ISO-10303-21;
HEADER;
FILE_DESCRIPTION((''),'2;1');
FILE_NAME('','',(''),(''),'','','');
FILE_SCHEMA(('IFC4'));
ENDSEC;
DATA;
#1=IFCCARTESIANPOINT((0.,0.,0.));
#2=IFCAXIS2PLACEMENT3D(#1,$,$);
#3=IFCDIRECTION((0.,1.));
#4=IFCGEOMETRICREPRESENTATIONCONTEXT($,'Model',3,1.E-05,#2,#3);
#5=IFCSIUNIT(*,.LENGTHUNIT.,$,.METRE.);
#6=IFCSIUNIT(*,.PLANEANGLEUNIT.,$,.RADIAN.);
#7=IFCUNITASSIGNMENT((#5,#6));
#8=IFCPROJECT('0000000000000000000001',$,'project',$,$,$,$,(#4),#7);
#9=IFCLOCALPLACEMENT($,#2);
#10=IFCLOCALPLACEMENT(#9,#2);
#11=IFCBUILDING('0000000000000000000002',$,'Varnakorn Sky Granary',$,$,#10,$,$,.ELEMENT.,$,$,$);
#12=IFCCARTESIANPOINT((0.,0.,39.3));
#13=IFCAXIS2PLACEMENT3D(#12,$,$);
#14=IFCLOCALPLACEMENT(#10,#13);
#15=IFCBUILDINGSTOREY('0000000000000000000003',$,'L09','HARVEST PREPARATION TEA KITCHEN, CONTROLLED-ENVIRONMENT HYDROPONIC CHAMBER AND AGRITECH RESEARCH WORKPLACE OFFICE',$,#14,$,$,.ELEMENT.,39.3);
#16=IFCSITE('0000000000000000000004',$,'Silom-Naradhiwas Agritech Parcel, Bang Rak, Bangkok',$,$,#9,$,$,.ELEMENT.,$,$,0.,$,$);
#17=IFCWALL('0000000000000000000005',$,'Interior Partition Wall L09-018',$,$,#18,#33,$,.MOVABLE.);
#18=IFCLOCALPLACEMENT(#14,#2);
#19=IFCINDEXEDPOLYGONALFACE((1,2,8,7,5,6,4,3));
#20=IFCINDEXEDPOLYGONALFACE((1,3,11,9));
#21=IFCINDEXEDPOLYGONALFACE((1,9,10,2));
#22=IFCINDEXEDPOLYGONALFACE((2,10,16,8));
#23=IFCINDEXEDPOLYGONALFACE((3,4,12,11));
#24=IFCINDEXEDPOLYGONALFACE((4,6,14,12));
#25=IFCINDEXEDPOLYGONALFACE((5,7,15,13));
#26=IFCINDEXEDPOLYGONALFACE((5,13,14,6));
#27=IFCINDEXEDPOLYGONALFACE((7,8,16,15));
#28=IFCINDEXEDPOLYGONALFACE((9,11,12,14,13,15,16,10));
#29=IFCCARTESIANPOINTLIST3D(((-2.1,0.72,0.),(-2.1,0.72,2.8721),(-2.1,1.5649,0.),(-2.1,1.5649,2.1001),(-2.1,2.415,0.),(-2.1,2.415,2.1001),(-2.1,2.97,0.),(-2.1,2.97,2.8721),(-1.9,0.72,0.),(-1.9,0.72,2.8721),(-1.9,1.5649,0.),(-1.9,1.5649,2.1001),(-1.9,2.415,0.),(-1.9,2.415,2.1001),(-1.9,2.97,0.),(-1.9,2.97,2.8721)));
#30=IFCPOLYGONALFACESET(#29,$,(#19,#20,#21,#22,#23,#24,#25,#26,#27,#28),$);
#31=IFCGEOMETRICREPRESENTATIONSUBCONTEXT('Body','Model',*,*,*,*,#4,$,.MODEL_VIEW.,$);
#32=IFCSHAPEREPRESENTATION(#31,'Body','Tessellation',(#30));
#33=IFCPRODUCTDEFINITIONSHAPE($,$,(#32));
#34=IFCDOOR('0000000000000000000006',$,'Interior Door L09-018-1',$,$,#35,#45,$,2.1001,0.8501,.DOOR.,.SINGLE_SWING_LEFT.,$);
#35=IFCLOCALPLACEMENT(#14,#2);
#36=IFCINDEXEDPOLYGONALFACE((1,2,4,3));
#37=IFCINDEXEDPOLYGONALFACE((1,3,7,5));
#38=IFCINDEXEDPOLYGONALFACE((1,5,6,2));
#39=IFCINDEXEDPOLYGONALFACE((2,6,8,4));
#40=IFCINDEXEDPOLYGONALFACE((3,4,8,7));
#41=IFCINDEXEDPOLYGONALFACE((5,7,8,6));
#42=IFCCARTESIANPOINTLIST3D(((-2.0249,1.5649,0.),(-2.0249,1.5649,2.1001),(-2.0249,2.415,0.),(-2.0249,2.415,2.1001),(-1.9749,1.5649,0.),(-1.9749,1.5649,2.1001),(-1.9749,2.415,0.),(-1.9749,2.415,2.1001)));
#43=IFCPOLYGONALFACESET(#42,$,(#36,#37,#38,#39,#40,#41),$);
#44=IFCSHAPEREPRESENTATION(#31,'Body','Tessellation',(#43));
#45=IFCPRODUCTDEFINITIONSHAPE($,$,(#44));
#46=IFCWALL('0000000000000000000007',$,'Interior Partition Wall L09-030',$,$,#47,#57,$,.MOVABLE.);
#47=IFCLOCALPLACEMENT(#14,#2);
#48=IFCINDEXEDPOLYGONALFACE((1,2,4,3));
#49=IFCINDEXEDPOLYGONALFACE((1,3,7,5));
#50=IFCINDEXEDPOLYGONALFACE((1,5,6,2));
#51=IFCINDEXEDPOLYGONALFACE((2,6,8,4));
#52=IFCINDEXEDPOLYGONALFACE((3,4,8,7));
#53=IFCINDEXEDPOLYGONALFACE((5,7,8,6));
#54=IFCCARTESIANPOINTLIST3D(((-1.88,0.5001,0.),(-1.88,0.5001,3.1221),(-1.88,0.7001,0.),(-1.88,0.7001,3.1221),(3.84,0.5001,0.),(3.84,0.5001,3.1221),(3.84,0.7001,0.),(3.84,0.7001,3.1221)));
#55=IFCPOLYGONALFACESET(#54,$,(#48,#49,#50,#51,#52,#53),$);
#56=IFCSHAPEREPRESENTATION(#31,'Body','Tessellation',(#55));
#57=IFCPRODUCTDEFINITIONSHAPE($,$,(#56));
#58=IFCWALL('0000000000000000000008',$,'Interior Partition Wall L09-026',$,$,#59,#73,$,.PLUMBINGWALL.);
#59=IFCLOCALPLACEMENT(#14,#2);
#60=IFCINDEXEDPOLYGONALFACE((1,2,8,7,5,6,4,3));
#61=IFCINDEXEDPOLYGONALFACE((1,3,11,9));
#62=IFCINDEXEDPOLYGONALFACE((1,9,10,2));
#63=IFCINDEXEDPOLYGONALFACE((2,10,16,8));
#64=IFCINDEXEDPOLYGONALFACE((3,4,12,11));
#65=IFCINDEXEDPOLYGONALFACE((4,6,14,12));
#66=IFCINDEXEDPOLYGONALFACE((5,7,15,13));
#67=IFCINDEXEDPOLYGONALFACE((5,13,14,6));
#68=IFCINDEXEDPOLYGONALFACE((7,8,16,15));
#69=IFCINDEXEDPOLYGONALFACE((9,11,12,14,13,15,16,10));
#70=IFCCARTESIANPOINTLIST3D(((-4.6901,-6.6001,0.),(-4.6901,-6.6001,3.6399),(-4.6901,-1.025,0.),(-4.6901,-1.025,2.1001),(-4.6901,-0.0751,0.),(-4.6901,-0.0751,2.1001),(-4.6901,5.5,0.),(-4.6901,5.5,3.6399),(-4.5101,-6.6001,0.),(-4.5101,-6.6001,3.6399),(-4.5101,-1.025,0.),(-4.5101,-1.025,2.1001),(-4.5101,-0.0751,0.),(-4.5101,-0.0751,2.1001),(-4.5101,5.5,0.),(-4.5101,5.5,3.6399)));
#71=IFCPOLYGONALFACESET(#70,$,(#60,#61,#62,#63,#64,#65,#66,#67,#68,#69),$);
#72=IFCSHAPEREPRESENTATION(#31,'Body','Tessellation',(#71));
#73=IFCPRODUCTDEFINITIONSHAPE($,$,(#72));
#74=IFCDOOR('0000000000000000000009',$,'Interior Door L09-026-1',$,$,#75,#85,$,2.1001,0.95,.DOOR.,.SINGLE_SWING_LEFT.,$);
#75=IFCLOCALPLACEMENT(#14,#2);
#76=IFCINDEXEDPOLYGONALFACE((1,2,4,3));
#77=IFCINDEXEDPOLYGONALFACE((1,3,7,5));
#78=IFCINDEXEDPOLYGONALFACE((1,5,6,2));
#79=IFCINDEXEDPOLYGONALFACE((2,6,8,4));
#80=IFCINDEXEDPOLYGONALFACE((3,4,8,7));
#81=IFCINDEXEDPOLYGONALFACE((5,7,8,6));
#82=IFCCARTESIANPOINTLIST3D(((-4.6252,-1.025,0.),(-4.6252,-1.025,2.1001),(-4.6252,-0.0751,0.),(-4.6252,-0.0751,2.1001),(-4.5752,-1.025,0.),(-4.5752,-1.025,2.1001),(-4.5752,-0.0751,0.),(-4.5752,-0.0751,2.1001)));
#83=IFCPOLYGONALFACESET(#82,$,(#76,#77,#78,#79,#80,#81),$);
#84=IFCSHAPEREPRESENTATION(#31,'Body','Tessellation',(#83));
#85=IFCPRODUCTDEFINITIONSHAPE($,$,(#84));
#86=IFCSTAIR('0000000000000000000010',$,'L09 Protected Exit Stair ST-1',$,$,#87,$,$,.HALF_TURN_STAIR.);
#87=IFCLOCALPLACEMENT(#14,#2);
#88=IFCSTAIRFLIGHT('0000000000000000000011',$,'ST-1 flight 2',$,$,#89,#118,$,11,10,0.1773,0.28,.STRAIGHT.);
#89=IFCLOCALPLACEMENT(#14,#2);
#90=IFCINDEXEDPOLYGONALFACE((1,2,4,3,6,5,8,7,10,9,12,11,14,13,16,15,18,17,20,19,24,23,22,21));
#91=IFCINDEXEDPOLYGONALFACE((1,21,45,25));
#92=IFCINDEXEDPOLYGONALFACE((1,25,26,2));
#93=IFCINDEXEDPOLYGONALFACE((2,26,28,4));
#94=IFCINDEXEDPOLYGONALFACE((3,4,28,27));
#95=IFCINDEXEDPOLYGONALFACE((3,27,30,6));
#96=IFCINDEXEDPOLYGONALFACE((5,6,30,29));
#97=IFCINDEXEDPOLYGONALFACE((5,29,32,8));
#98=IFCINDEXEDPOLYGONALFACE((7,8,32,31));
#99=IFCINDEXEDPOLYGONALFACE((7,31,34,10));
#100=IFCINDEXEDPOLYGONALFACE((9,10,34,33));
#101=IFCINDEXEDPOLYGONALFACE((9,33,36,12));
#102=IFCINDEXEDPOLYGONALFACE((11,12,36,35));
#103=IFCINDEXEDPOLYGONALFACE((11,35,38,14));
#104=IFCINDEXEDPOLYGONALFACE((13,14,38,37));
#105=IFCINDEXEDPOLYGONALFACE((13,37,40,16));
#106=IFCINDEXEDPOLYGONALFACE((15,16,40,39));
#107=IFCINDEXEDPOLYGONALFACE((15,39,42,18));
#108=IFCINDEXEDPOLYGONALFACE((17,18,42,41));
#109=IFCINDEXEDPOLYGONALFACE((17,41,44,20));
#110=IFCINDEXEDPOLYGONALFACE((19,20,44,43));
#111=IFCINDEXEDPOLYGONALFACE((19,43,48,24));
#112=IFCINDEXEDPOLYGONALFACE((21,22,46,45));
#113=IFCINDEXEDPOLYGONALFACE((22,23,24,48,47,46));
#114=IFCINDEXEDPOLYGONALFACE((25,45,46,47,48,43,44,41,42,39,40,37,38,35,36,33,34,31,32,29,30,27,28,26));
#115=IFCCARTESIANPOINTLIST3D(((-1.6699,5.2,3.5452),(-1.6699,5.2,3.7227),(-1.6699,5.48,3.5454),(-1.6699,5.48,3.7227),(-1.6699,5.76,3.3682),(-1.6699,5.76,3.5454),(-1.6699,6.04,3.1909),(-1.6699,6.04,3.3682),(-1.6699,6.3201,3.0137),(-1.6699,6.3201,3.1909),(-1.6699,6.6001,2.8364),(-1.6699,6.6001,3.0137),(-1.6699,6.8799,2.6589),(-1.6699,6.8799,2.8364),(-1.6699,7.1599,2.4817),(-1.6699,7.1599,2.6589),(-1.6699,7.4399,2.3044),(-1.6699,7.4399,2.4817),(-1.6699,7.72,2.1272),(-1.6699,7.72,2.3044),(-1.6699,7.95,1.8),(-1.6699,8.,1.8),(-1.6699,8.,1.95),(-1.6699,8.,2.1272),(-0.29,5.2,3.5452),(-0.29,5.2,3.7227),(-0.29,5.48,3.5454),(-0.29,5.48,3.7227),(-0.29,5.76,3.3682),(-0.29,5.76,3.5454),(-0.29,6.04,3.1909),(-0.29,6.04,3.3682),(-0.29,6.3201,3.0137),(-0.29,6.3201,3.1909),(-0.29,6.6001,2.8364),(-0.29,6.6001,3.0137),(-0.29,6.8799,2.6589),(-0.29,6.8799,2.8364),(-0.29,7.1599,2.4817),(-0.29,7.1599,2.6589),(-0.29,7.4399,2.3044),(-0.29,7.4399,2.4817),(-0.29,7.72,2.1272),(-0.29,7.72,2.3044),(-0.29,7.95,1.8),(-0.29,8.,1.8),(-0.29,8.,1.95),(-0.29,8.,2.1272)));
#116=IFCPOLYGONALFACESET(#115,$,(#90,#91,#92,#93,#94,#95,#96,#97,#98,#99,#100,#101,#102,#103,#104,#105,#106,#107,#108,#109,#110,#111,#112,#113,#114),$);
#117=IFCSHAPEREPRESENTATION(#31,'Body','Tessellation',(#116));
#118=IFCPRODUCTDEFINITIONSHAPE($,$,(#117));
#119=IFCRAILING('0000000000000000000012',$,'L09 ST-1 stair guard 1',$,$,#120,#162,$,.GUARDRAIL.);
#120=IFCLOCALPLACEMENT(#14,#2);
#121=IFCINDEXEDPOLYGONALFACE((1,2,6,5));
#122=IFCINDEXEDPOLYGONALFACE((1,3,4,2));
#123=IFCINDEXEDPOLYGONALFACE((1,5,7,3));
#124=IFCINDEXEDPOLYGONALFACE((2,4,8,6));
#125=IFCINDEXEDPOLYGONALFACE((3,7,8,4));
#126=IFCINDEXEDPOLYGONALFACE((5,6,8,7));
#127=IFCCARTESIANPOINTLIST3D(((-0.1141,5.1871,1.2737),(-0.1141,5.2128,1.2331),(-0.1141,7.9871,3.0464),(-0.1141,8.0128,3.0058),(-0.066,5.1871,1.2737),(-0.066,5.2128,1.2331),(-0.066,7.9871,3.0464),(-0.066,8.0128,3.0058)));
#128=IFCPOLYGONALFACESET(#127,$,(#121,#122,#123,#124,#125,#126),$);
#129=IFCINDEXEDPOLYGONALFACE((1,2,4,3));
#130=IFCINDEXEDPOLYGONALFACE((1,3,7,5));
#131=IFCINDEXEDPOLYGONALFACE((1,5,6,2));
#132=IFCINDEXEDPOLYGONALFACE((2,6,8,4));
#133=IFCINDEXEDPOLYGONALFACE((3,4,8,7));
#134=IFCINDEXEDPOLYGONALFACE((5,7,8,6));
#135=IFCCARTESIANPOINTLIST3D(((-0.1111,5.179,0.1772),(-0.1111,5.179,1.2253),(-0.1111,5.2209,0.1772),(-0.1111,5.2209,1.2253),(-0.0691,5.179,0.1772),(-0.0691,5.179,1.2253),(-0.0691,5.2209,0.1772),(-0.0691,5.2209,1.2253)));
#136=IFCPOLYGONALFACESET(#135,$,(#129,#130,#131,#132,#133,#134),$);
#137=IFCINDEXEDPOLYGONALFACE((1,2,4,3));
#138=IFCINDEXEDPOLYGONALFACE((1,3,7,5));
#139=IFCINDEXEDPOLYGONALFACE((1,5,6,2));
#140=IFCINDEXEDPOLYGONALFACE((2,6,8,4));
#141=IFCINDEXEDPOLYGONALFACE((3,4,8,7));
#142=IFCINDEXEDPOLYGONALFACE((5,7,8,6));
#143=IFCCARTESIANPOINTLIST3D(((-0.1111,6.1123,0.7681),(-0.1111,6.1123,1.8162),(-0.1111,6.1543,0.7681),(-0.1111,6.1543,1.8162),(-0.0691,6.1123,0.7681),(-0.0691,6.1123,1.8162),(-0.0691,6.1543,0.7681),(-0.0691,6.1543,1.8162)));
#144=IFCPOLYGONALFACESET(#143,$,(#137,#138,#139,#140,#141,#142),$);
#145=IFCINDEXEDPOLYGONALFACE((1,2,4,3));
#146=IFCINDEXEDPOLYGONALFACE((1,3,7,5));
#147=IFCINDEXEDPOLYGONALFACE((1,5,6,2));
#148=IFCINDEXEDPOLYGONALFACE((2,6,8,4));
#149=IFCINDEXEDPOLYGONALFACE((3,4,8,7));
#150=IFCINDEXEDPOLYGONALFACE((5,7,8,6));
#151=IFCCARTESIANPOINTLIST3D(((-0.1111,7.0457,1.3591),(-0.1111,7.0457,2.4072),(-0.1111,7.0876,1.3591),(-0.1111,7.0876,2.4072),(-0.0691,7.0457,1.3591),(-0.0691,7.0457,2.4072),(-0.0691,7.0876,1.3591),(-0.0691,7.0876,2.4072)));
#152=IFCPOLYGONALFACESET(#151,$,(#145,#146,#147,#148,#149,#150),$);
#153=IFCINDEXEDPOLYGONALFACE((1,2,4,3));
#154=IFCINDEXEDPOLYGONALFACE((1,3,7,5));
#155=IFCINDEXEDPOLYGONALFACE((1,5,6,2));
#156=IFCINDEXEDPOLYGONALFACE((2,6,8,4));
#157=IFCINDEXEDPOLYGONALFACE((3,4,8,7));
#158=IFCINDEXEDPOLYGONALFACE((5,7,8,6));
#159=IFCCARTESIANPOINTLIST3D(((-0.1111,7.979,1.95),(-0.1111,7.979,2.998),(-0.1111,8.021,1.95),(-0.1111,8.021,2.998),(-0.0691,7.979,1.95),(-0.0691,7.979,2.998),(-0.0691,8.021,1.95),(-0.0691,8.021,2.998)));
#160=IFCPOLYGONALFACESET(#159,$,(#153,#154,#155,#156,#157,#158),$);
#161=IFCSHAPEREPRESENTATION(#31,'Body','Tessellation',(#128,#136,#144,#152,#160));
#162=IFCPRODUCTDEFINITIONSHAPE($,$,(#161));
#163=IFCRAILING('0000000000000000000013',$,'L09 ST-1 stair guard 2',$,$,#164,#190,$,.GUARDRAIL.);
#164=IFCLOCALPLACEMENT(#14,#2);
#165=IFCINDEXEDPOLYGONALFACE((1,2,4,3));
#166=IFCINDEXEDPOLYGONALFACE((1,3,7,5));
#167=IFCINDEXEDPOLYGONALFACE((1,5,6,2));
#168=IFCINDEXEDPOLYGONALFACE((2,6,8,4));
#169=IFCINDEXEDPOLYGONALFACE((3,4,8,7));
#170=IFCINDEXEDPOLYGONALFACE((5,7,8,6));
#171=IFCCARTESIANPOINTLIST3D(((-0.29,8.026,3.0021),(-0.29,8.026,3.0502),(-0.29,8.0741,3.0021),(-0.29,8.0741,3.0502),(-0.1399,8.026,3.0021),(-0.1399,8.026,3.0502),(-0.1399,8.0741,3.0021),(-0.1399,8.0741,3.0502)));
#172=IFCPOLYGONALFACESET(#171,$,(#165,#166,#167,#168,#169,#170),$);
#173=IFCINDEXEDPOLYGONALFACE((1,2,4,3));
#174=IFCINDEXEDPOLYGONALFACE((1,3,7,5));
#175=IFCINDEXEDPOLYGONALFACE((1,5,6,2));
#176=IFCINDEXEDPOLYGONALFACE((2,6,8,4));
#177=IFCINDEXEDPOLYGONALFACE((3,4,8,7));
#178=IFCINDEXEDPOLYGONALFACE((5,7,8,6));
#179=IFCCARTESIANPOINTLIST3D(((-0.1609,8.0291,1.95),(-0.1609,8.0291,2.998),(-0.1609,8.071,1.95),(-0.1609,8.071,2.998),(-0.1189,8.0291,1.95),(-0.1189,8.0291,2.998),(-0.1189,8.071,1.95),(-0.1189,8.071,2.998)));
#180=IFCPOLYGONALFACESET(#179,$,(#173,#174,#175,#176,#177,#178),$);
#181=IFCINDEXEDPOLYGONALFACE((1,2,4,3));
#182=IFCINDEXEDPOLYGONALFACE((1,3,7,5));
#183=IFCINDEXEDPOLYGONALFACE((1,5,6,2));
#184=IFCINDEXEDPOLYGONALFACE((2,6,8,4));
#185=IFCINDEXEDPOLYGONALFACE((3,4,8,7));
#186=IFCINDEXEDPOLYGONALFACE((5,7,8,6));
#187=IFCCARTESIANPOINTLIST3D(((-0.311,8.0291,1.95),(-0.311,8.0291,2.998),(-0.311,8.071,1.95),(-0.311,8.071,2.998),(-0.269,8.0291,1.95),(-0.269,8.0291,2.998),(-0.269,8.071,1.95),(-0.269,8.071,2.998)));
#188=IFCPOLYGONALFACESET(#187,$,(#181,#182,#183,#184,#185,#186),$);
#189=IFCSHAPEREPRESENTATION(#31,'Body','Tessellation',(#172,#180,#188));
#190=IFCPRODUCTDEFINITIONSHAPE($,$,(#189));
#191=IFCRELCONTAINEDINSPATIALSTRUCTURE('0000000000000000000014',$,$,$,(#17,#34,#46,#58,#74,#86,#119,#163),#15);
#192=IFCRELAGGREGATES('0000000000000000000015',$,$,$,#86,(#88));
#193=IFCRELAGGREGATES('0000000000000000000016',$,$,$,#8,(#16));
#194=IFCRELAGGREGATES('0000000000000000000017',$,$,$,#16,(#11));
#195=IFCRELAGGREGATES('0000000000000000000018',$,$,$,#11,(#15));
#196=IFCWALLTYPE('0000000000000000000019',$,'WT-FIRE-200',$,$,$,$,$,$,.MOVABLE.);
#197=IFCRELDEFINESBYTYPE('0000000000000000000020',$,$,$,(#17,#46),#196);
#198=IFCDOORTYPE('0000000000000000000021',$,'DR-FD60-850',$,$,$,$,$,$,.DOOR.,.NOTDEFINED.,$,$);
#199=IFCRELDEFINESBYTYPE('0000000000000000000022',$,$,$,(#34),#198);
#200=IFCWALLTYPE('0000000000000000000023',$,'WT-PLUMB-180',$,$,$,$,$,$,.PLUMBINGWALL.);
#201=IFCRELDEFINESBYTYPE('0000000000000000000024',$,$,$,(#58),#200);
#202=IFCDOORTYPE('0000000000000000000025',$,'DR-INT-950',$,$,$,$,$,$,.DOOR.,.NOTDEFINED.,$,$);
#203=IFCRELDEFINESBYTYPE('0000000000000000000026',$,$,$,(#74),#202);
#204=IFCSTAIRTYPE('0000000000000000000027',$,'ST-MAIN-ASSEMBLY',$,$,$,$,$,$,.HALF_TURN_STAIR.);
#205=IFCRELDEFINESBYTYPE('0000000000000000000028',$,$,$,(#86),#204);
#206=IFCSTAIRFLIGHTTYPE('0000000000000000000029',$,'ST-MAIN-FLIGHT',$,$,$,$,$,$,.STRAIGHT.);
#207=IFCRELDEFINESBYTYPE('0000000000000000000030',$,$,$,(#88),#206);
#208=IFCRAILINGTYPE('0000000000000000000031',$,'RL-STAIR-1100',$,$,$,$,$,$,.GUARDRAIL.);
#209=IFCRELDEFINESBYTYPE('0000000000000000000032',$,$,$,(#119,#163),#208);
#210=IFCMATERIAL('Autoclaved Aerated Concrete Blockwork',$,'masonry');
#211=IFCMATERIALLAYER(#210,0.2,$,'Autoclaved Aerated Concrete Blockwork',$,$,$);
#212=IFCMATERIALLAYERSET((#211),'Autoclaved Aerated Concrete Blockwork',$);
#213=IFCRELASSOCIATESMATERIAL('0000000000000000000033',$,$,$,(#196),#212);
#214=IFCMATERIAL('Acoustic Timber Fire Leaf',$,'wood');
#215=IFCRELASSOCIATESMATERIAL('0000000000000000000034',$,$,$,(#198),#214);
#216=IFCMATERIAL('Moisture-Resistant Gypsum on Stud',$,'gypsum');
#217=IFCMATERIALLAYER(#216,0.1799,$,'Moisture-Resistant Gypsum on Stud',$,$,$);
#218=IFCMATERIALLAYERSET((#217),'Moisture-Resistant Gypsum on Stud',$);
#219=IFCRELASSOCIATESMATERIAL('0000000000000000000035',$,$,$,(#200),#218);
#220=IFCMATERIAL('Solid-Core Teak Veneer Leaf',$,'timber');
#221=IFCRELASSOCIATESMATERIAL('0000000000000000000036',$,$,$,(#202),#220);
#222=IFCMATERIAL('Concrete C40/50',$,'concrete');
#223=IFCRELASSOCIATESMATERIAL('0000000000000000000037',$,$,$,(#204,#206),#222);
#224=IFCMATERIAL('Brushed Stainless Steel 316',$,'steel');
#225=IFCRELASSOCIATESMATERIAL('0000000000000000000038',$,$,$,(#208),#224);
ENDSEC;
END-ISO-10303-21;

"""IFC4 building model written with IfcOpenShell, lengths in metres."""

from ifc_helpers import new_model, si_unit, direction, frame, frame_2d, origin, origin_2d, place, context, subcontext, project, spatial, polyline, rectangle, outline, extrude, material, layer, layer_set, type_object, element, fill, aggregate, save


model = new_model("IFC4")

# Units and contexts
model_context = context("Model", 3, precision=1e-05, world=origin(), true_north=direction((0.0, 1.0)))
body_context = subcontext(model_context, "Body", "Model", "MODEL_VIEW")
ifc_project = project(units=[si_unit("LENGTHUNIT", "METRE"), si_unit("PLANEANGLEUNIT", "RADIAN")], contexts=[model_context])

# Site, building, storey
site_placement = place(None, origin())
site = spatial("IfcSite", under=ifc_project, at=site_placement, Name="Silom-Naradhiwas Agritech Parcel, Bang Rak, Bangkok", CompositionType="ELEMENT", RefElevation=0.0)
building_placement = place(site_placement, origin())
building = spatial("IfcBuilding", under=site, at=building_placement, Name="Varnakorn Sky Granary", CompositionType="ELEMENT")
storey_placement = place(building_placement, frame((0.0, 0.0, 39.3)))
storey = spatial("IfcBuildingStorey", under=building, at=storey_placement, Name="L09", Description="HARVEST PREPARATION TEA KITCHEN, CONTROLLED-ENVIRONMENT HYDROPONIC CHAMBER AND AGRITECH RESEARCH WORKPLACE OFFICE", CompositionType="ELEMENT", Elevation=39.3)

# Wall, opening, door
ifc_material_1 = material(Name="Autoclaved Aerated Concrete Blockwork", Category="masonry")
ifc_layer_1 = layer(ifc_material_1, 0.2, Name="Autoclaved Aerated Concrete Blockwork")
ifc_layer_set_1 = layer_set([ifc_layer_1], Name="Autoclaved Aerated Concrete Blockwork")
wall_type_1 = type_object("IfcWallType", Name="WT-FIRE-200", PredefinedType="MOVABLE", material=ifc_layer_set_1)
wall_1_placement = place(storey_placement, frame((-2.0, 0.72, 0.0), z_axis=(0.0, 0.0, 1.0), x_axis=(0.0, 1.0, 0.0)))
wall_1 = element("IfcWall", 1, at=wall_1_placement, inside=storey, type_object=wall_type_1, Name="Interior Partition Wall L09-018", PredefinedType="MOVABLE", context=body_context, shape_type="SweptSolid", body=[
    extrude(rectangle(XDim=2.25, YDim=0.2, at=frame_2d((1.125, 0.0))), origin(), (0.0, 0.0, 1.0), 2.8721),
])
opening_1_placement = place(wall_1_placement, frame((0.845, 0.0, 0.0)))
opening_1 = element("IfcOpeningElement", 2, at=opening_1_placement, cuts=wall_1, PredefinedType="OPENING", context=body_context, shape_type="SweptSolid", body=[
    extrude(rectangle(XDim=0.8501, YDim=2.1001, at=frame_2d((0.425, 1.05))), frame((0.0, 0.1099, 0.0), z_axis=(0.0, -1.0, 0.0), x_axis=(1.0, 0.0, 0.0)), (0.0, 0.0, 1.0), 0.22),
])
ifc_material_2 = material(Name="Acoustic Timber Fire Leaf", Category="wood")
door_type_1 = type_object("IfcDoorType", Name="DR-FD60-850", OperationType="NOTDEFINED", PredefinedType="DOOR", material=ifc_material_2)
door_1_placement = place(opening_1_placement, origin())
door_1 = element("IfcDoor", 3, at=door_1_placement, inside=storey, type_object=door_type_1, Name="Interior Door L09-018-1", OperationType="SINGLE_SWING_LEFT", OverallHeight=2.1001, OverallWidth=0.8501, PredefinedType="DOOR", context=body_context, shape_type="SweptSolid", body=[
    extrude(rectangle(XDim=0.8501, YDim=2.1001, at=frame_2d((0.425, 1.05))), frame((0.0, 0.0249, 0.0), z_axis=(0.0, -1.0, 0.0), x_axis=(1.0, 0.0, 0.0)), (0.0, 0.0, 1.0), 0.05),
])
fill(opening_1, door_1)

# Wall
wall_2_placement = place(storey_placement, frame((-1.8799, 0.6001, 0.0), z_axis=(0.0, 0.0, 1.0), x_axis=(1.0, 0.0, 0.0)))
element("IfcWall", 4, at=wall_2_placement, inside=storey, type_object=wall_type_1, Name="Interior Partition Wall L09-030", PredefinedType="MOVABLE", context=body_context, shape_type="SweptSolid", body=[
    extrude(rectangle(XDim=5.72, YDim=0.2, at=frame_2d((2.8599, 0.0))), origin(), (0.0, 0.0, 1.0), 3.1221),
])

# Wall, opening, door
ifc_material_3 = material(Name="Moisture-Resistant Gypsum on Stud", Category="gypsum")
ifc_layer_2 = layer(ifc_material_3, 0.1799, Name="Moisture-Resistant Gypsum on Stud")
ifc_layer_set_2 = layer_set([ifc_layer_2], Name="Moisture-Resistant Gypsum on Stud")
wall_type_2 = type_object("IfcWallType", Name="WT-PLUMB-180", PredefinedType="PLUMBINGWALL", material=ifc_layer_set_2)
wall_3_placement = place(storey_placement, frame((-4.6001, 5.5, 0.0), z_axis=(0.0, 0.0, 1.0), x_axis=(0.0, -1.0, 0.0)))
wall_3 = element("IfcWall", 5, at=wall_3_placement, inside=storey, type_object=wall_type_2, Name="Interior Partition Wall L09-026", PredefinedType="PLUMBINGWALL", context=body_context, shape_type="SweptSolid", body=[
    extrude(rectangle(XDim=12.1001, YDim=0.1799, at=frame_2d((6.05, 0.0))), origin(), (0.0, 0.0, 1.0), 3.6399),
])
opening_2_placement = place(wall_3_placement, frame((5.575, 0.0, 0.0)))
opening_2 = element("IfcOpeningElement", 6, at=opening_2_placement, cuts=wall_3, PredefinedType="OPENING", context=body_context, shape_type="SweptSolid", body=[
    extrude(rectangle(XDim=0.95, YDim=2.1001, at=frame_2d((0.4751, 1.05))), frame((0.0, 0.1001, 0.0), z_axis=(0.0, -1.0, 0.0), x_axis=(1.0, 0.0, 0.0)), (0.0, 0.0, 1.0), 0.2),
])
ifc_material_4 = material(Name="Solid-Core Teak Veneer Leaf", Category="timber")
door_type_2 = type_object("IfcDoorType", Name="DR-INT-950", OperationType="NOTDEFINED", PredefinedType="DOOR", material=ifc_material_4)
door_2_placement = place(opening_2_placement, origin())
door_2 = element("IfcDoor", 7, at=door_2_placement, inside=storey, type_object=door_type_2, Name="Interior Door L09-026-1", OperationType="SINGLE_SWING_LEFT", OverallHeight=2.1001, OverallWidth=0.95, PredefinedType="DOOR", context=body_context, shape_type="SweptSolid", body=[
    extrude(rectangle(XDim=0.95, YDim=2.1001, at=frame_2d((0.4751, 1.05))), frame((0.0, 0.0249, 0.0), z_axis=(0.0, -1.0, 0.0), x_axis=(1.0, 0.0, 0.0)), (0.0, 0.0, 1.0), 0.05),
])
fill(opening_2, door_2)

# Stair, stair flight
ifc_material_5 = material(Name="Concrete C40/50", Category="concrete")
stair_type = type_object("IfcStairType", Name="ST-MAIN-ASSEMBLY", PredefinedType="HALF_TURN_STAIR", material=ifc_material_5)
stair_placement = place(storey_placement, origin())
stair = element("IfcStair", 8, at=stair_placement, inside=storey, type_object=stair_type, Name="L09 Protected Exit Stair ST-1", PredefinedType="HALF_TURN_STAIR")
stair_flight_type = type_object("IfcStairFlightType", Name="ST-MAIN-FLIGHT", PredefinedType="STRAIGHT", material=ifc_material_5)
stair_flight_placement = place(storey_placement, frame((-0.98, 8.0, 1.95), z_axis=(0.0, 0.0, 1.0), x_axis=(0.0, -1.0, 0.0)))
stair_flight = element("IfcStairFlight", 9, at=stair_flight_placement, type_object=stair_flight_type, Name="ST-1 flight 2", NumberOfRisers=11, NumberOfTreads=10, PredefinedType="STRAIGHT", RiserHeight=0.1773, TreadLength=0.28, context=body_context, shape_type="SweptSolid", body=[
    extrude(outline(polyline([(0.0, -0.1499), (0.0, 0.0), (0.0, 0.1772), (0.28, 0.1772), (0.28, 0.3545), (0.5601, 0.3545), (0.5601, 0.5317), (0.8401, 0.5317), (0.8401, 0.709), (1.1201, 0.709), (1.1201, 0.8865), (1.3999, 0.8865), (1.3999, 1.0637), (1.6799, 1.0637), (1.6799, 1.241), (1.96, 1.241), (1.96, 1.4182), (2.24, 1.4182), (2.24, 1.5955), (2.52, 1.5955), (2.52, 1.7727), (2.8, 1.7727), (2.8, 1.95), (2.8, 1.5952), (0.05, -0.1499), (0.0, -0.1499)])), frame((0.0, 0.6899, 0.0), z_axis=(0.0, -1.0, 0.0), x_axis=(1.0, 0.0, 0.0)), (0.0, 0.0, 1.0), 1.3799),
])
aggregate(stair, [stair_flight])

# Railings
ifc_material_6 = material(Name="Brushed Stainless Steel 316", Category="steel")
railing_type_1 = type_object("IfcRailingType", Name="RL-STAIR-1100", PredefinedType="GUARDRAIL", material=ifc_material_6)
railing_1_placement = place(storey_placement, frame((-0.0901, 5.2, 0.1772)))
element("IfcRailing", 10, at=railing_1_placement, inside=storey, type_object=railing_type_1, Name="L09 ST-1 stair guard 1", PredefinedType="GUARDRAIL", context=body_context, shape_type="SweptSolid", body=[
    extrude(rectangle(XDim=0.0481, YDim=0.0481, at=origin_2d()), frame((0.0, 0.0, 1.0762), z_axis=(0.0, 0.844909, 0.53491), x_axis=(-1.0, 0.0, 0.0)), (0.0, 0.0, 1.0), 3.314),
    extrude(rectangle(XDim=0.042, YDim=0.042, at=origin_2d()), origin(), (0.0, 0.0, 1.0), 1.0481),
    extrude(rectangle(XDim=0.042, YDim=0.042, at=origin_2d()), frame((0.0, 0.9333, 0.5908)), (0.0, 0.0, 1.0), 1.0481),
    extrude(rectangle(XDim=0.042, YDim=0.042, at=origin_2d()), frame((0.0, 1.8667, 1.1819)), (0.0, 0.0, 1.0), 1.0481),
    extrude(rectangle(XDim=0.042, YDim=0.042, at=origin_2d()), frame((0.0, 2.8, 1.7727)), (0.0, 0.0, 1.0), 1.0481),
])
railing_2_placement = place(storey_placement, frame((-0.1399, 8.05, 1.95)))
element("IfcRailing", 11, at=railing_2_placement, inside=storey, type_object=railing_type_1, Name="L09 ST-1 stair guard 2", PredefinedType="GUARDRAIL", context=body_context, shape_type="SweptSolid", body=[
    extrude(rectangle(XDim=0.0481, YDim=0.0481, at=origin_2d()), frame((0.0, 0.0, 1.0762), z_axis=(-1.0, 0.0, 0.0), x_axis=(0.0, -1.0, 0.0)), (0.0, 0.0, 1.0), 0.1501),
    extrude(rectangle(XDim=0.042, YDim=0.042, at=origin_2d()), origin(), (0.0, 0.0, 1.0), 1.0481),
    extrude(rectangle(XDim=0.042, YDim=0.042, at=origin_2d()), frame((-0.1501, 0.0, 0.0)), (0.0, 0.0, 1.0), 1.0481),
])

save(model, "model.ifc")
